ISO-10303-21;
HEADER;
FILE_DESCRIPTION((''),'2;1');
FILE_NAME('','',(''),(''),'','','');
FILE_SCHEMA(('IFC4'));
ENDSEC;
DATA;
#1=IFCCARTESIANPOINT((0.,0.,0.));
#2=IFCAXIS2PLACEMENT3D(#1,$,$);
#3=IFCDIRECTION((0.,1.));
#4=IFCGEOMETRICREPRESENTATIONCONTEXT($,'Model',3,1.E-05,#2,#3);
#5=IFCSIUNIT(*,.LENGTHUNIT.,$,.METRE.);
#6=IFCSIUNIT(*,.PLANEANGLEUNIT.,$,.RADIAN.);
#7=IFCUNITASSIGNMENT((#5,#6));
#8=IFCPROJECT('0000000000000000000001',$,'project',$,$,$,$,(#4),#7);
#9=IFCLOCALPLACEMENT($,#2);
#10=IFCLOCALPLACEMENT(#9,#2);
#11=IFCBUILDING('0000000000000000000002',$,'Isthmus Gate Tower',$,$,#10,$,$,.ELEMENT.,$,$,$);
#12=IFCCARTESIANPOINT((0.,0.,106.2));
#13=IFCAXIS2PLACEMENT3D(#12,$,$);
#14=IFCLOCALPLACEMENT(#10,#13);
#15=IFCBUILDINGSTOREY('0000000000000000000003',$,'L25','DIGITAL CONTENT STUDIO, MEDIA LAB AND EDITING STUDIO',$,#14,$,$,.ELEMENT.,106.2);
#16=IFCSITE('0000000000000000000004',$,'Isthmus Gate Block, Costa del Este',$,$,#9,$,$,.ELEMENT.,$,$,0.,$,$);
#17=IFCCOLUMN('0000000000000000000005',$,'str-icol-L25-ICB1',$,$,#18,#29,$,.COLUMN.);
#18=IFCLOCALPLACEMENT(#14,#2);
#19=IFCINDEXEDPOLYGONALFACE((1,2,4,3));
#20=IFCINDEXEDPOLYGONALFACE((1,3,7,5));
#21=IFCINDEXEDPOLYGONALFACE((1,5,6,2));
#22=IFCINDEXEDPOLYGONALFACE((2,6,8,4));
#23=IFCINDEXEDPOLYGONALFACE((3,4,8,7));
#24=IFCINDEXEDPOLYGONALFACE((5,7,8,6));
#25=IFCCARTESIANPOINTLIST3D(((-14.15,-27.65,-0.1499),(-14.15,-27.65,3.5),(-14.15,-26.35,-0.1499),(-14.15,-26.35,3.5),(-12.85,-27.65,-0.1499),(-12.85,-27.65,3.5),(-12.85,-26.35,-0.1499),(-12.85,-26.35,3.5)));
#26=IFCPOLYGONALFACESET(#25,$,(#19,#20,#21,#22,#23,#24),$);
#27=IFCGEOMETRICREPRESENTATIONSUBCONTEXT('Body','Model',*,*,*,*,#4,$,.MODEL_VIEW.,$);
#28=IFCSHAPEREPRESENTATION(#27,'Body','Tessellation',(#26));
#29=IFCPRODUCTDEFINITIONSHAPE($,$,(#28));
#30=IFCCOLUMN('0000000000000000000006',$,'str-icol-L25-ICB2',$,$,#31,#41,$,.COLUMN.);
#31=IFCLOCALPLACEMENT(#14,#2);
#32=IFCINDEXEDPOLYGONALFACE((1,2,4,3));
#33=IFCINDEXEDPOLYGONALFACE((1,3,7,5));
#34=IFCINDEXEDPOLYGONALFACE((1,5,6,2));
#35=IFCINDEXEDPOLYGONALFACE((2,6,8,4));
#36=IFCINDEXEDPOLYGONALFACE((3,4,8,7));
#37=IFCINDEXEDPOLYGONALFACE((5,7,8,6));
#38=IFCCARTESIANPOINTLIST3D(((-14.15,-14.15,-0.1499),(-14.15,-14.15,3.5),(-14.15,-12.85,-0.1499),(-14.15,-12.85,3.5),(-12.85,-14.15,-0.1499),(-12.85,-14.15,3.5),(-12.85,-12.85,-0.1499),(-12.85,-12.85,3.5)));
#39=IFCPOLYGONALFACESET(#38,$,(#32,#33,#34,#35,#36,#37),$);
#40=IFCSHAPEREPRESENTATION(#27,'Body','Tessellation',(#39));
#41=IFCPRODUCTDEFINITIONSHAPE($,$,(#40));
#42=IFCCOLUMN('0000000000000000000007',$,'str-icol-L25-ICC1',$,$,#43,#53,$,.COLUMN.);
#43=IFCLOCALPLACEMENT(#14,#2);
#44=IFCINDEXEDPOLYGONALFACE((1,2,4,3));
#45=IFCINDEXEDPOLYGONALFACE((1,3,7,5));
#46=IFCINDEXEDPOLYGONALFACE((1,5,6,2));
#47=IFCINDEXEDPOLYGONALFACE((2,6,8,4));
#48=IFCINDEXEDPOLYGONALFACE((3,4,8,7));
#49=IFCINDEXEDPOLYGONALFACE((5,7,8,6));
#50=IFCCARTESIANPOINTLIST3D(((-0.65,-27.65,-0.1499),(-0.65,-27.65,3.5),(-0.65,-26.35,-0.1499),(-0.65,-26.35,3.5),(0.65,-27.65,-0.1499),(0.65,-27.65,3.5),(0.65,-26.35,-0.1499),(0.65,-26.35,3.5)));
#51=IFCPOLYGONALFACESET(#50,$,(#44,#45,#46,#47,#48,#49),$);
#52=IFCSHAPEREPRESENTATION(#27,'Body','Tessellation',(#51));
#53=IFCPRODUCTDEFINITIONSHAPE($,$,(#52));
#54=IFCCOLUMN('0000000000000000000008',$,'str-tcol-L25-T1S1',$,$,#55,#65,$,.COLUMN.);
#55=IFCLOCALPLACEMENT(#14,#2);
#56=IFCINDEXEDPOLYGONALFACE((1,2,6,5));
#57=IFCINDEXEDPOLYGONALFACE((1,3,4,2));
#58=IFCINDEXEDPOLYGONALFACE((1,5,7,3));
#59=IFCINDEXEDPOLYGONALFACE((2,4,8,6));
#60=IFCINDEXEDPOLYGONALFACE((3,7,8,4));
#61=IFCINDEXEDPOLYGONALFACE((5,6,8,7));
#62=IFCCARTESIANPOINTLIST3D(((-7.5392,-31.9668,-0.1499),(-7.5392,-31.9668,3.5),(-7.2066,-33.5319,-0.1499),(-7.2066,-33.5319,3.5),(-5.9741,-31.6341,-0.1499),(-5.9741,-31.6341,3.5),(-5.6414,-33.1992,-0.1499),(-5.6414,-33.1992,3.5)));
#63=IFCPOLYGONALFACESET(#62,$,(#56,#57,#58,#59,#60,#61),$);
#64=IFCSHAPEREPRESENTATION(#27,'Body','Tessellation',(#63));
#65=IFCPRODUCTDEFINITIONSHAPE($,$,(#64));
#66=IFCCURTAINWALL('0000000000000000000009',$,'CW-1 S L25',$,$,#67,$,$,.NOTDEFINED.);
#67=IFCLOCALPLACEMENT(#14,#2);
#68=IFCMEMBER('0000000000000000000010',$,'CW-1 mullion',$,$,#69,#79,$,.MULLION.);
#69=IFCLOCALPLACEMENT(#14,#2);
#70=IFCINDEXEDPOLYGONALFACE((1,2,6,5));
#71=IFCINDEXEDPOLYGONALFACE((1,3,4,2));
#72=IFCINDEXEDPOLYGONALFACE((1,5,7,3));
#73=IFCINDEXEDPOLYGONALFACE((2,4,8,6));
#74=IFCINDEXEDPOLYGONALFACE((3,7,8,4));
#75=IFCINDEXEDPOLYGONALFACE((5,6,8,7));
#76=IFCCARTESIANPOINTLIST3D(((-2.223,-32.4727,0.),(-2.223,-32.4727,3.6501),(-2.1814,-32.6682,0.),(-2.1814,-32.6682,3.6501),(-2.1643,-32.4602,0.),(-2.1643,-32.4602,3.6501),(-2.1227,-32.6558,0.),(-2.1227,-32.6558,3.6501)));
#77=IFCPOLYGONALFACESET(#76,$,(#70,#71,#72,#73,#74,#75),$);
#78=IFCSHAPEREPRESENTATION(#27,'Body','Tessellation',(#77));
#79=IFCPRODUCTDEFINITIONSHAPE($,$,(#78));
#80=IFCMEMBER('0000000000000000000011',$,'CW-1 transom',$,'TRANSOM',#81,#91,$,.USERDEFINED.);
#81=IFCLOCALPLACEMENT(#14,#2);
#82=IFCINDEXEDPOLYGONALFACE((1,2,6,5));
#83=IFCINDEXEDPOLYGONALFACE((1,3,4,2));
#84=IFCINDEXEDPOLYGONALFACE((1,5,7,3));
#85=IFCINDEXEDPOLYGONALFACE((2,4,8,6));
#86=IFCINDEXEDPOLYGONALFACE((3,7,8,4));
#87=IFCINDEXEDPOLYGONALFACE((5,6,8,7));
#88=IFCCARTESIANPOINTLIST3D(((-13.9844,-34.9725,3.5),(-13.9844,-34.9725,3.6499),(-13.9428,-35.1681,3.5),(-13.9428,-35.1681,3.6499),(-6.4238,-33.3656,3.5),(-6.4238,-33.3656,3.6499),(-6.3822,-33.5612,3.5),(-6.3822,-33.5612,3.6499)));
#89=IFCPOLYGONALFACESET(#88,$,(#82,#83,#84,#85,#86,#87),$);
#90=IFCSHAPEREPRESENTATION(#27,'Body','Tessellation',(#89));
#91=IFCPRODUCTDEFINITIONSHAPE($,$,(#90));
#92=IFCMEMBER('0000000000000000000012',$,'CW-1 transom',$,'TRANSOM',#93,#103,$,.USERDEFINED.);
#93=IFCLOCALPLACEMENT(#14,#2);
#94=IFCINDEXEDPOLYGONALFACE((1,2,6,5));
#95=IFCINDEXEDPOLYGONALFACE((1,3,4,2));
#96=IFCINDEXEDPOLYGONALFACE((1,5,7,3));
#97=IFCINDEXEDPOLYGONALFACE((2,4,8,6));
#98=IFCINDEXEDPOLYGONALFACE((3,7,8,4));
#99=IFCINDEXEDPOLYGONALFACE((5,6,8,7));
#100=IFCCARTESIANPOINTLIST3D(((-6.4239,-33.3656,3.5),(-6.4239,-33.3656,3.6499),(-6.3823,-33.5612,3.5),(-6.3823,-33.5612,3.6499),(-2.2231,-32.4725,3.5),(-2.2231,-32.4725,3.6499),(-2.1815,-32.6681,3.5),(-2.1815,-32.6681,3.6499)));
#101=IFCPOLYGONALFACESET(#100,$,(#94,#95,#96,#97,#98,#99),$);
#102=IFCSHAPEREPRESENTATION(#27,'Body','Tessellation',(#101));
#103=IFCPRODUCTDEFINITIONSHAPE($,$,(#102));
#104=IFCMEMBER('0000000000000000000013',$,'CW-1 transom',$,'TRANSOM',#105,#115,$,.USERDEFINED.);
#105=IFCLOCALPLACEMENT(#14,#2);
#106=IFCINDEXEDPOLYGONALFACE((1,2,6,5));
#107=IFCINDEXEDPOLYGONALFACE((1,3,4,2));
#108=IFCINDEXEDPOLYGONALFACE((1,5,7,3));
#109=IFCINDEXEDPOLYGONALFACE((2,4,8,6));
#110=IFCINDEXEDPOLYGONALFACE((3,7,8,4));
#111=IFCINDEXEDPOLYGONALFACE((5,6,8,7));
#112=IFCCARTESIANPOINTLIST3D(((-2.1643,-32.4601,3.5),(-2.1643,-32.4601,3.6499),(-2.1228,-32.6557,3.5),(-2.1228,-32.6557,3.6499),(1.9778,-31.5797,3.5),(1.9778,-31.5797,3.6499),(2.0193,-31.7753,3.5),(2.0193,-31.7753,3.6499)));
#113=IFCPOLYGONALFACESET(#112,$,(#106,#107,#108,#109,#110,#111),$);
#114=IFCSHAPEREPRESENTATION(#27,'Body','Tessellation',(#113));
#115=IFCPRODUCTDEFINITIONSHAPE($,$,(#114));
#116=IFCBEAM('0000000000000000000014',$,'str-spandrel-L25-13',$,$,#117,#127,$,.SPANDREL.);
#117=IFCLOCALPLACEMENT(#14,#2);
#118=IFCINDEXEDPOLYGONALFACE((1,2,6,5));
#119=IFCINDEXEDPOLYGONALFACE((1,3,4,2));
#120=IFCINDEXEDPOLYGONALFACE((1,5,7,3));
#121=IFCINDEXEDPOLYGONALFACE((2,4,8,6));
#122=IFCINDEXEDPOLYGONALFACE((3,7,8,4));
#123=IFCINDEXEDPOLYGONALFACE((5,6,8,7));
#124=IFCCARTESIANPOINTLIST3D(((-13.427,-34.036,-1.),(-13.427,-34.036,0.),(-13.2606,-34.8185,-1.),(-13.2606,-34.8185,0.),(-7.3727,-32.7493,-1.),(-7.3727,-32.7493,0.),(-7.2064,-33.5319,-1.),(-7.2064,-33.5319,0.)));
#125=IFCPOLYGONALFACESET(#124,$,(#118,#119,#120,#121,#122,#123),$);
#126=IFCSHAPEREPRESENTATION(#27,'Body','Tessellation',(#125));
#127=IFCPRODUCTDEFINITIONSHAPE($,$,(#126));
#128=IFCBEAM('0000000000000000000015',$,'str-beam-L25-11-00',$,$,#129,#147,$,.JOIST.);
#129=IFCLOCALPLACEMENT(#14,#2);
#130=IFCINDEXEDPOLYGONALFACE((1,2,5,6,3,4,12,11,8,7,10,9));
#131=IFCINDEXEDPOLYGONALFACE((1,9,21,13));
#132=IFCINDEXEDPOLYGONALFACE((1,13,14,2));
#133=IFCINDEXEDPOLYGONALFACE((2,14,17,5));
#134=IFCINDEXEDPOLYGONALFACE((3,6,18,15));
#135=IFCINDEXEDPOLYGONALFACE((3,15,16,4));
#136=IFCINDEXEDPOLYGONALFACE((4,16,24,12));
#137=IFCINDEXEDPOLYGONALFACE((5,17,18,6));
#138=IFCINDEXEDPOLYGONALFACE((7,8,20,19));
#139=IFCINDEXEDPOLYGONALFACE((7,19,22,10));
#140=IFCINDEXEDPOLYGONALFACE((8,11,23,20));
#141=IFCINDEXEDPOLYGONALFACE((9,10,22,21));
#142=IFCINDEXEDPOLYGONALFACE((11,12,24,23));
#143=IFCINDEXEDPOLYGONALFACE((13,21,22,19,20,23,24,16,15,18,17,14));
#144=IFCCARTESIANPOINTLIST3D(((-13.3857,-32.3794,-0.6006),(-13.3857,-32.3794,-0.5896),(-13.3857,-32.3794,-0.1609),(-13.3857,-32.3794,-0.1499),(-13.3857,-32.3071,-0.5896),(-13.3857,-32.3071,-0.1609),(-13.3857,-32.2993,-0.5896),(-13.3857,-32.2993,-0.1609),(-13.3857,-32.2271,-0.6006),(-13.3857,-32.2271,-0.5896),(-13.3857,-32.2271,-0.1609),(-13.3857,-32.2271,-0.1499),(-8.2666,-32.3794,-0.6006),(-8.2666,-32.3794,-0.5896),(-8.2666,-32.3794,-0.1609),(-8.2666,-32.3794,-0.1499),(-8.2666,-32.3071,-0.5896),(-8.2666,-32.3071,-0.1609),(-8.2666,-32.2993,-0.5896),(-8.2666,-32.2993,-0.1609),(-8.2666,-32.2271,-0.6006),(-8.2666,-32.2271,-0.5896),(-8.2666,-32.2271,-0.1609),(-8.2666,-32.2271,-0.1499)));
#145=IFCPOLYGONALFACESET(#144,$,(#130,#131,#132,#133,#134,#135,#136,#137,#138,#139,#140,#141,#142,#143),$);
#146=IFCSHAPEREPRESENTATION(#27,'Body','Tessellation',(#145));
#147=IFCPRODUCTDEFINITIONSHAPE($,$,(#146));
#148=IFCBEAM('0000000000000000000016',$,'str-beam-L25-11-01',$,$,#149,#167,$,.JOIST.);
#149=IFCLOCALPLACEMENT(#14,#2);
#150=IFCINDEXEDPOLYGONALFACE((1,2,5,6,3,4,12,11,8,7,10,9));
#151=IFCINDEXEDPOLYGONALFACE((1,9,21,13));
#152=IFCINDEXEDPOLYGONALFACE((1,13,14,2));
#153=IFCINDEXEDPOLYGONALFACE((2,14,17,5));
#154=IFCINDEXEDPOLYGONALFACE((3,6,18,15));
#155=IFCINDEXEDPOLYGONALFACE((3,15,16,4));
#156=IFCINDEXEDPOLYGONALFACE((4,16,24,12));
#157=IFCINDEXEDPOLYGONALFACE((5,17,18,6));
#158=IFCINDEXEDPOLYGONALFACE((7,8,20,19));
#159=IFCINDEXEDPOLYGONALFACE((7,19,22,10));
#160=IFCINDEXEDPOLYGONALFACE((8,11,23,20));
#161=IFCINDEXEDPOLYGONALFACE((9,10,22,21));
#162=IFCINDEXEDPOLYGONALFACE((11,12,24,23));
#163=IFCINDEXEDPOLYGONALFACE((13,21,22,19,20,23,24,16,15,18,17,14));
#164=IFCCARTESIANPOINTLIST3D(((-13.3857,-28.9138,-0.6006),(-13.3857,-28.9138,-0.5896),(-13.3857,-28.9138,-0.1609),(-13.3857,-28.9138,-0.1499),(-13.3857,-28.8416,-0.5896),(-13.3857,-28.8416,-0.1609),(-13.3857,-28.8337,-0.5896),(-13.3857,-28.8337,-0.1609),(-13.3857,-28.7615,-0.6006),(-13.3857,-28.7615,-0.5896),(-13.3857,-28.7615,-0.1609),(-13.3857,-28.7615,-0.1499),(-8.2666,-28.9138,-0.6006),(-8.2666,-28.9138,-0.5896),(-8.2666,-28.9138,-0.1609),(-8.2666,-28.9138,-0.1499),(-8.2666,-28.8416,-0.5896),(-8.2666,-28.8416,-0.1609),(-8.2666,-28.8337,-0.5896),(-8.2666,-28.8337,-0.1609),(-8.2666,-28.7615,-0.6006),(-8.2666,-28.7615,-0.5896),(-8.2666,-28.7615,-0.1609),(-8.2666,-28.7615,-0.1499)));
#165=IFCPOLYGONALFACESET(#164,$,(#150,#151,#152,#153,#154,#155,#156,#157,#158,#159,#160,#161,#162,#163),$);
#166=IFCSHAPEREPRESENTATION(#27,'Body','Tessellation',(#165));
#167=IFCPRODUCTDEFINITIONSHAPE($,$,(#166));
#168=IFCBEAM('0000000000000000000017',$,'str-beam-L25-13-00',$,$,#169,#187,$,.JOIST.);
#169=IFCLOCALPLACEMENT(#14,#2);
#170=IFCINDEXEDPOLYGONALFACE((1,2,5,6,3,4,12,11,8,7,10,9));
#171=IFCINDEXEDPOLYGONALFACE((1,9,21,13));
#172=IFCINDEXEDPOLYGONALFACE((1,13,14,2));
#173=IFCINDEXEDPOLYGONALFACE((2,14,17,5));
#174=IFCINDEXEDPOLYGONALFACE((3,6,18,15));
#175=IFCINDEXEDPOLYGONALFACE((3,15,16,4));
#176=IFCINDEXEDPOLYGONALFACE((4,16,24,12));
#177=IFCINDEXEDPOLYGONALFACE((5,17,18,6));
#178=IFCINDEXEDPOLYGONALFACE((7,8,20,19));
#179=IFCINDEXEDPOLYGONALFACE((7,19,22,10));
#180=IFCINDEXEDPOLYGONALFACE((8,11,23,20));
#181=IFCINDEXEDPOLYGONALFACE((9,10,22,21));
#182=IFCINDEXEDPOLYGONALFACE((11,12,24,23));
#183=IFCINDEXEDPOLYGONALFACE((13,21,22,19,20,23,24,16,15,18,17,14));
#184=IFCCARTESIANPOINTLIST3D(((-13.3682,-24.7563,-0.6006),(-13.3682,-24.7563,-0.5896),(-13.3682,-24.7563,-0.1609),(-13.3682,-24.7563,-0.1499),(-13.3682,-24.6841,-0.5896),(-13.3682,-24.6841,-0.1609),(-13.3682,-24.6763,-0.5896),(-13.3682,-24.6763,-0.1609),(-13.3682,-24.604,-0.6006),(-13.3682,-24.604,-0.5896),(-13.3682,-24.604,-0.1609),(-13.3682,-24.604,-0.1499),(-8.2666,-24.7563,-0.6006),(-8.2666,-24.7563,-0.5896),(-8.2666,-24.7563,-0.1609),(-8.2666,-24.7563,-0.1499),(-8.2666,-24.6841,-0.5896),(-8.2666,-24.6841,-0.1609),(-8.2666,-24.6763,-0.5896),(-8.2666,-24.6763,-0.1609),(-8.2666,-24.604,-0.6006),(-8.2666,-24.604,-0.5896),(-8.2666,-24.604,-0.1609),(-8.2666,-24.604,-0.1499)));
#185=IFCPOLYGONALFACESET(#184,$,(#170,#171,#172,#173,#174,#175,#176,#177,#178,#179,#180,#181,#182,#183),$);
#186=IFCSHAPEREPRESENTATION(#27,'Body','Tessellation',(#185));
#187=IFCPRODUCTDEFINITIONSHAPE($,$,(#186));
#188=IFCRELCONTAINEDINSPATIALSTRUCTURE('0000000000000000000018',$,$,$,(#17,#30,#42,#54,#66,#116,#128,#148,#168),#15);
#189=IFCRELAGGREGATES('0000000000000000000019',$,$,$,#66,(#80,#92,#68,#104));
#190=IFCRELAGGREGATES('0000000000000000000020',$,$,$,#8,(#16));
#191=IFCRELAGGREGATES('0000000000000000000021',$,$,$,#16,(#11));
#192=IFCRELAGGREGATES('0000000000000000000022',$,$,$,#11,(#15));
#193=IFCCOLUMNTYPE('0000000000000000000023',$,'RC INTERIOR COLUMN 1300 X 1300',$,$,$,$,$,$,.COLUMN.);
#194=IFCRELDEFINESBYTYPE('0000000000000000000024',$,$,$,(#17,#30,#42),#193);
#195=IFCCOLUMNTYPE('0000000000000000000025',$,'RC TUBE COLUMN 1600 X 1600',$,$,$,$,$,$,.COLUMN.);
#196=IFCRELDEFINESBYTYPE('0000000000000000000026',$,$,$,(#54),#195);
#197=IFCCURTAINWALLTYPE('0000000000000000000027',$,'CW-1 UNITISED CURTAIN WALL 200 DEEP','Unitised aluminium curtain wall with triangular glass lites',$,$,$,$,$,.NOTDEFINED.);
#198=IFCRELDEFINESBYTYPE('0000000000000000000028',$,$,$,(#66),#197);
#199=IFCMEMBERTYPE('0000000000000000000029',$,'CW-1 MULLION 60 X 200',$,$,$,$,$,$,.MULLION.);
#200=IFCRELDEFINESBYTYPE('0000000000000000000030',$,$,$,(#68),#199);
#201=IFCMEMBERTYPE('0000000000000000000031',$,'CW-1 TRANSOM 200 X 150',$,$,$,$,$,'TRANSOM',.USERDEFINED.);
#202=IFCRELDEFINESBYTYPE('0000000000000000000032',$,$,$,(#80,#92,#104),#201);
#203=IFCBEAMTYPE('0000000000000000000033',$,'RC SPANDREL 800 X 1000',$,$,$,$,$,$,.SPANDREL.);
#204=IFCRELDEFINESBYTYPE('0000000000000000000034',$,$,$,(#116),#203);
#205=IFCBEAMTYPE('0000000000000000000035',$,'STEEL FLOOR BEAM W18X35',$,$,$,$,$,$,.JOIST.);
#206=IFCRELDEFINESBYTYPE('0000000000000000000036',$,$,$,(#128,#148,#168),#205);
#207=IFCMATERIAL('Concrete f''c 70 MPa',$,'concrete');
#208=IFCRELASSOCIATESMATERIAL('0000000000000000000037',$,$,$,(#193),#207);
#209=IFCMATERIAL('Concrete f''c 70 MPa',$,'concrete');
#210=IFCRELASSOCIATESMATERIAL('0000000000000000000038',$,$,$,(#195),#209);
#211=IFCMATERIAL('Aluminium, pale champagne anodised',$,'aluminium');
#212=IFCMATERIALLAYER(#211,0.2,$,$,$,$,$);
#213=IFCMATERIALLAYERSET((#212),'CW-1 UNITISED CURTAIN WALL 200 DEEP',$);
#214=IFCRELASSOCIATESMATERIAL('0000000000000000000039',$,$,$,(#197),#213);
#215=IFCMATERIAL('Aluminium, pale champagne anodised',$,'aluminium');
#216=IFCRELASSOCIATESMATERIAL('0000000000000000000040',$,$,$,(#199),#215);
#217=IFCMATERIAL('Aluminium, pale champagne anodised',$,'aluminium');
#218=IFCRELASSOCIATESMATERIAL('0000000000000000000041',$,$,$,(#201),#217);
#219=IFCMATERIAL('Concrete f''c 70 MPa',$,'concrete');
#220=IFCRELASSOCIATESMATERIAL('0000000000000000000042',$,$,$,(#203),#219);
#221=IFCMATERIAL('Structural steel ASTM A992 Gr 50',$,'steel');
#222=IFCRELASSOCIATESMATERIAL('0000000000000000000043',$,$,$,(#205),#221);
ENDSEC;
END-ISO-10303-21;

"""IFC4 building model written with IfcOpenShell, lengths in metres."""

from ifc_helpers import new_model, si_unit, direction, frame, origin, origin_2d, place, context, subcontext, project, spatial, rectangle, i_section, extrude, material, layer, layer_set, material_profile, profile_set, type_object, element, aggregate, save


model = new_model("IFC4")

# Units and contexts
model_context = context("Model", 3, precision=1e-05, world=origin(), true_north=direction((0.0, 1.0)))
body_context = subcontext(model_context, "Body", "Model", "MODEL_VIEW")
ifc_project = project(units=[si_unit("LENGTHUNIT", "METRE"), si_unit("PLANEANGLEUNIT", "RADIAN")], contexts=[model_context])

# Site, building, storey
site_placement = place(None, origin())
site = spatial("IfcSite", under=ifc_project, at=site_placement, Name="Isthmus Gate Block, Costa del Este", CompositionType="ELEMENT", RefElevation=0.0)
building_placement = place(site_placement, origin())
building = spatial("IfcBuilding", under=site, at=building_placement, Name="Isthmus Gate Tower", CompositionType="ELEMENT")
storey_placement = place(building_placement, frame((0.0, 0.0, 106.2)))
storey = spatial("IfcBuildingStorey", under=building, at=storey_placement, Name="L25", Description="DIGITAL CONTENT STUDIO, MEDIA LAB AND EDITING STUDIO", CompositionType="ELEMENT", Elevation=106.2)

# Columns
ifc_material_1 = material(Name="Concrete f'c 70 MPa", Category="concrete")
ifc_material_profile_1 = material_profile(ifc_material_1, rectangle(XDim=1.3, YDim=1.3, at=origin_2d()), Name="RC 1300X1300")
ifc_profile_set_1 = profile_set([ifc_material_profile_1], Name="Concrete f'c 70 MPa")
column_type_1 = type_object("IfcColumnType", Name="RC INTERIOR COLUMN 1300 X 1300", PredefinedType="COLUMN", material=ifc_profile_set_1)
for number, where, z_axis, x_axis, name in (
    (1, (-13.5, -27.0, -0.1499), (0.0, 0.0, 1.0), (1.0, 0.0, 0.0), "str-icol-L25-ICB1"),
    (2, (-13.5, -13.5, -0.1499), (0.0, 0.0, 1.0), (1.0, 0.0, 0.0), "str-icol-L25-ICB2"),
    (3, (0.0, -27.0, -0.1499), (0.0, 0.0, 1.0), (1.0, 0.0, 0.0), "str-icol-L25-ICC1"),
):
    element("IfcColumn", number, at=place(storey_placement, frame(where, z_axis=z_axis, x_axis=x_axis)), inside=storey, type_object=column_type_1, Name=name, PredefinedType="COLUMN", context=body_context, shape_type="SweptSolid", body=[
        extrude(rectangle(XDim=1.3, YDim=1.3, at=origin_2d()), origin(), (0.0, 0.0, 1.0), 3.6499),
    ])
ifc_material_2 = material(Name="Concrete f'c 70 MPa", Category="concrete")
ifc_material_profile_2 = material_profile(ifc_material_2, rectangle(XDim=1.6001, YDim=1.6001, at=origin_2d()), Name="RC 1600X1600")
ifc_profile_set_2 = profile_set([ifc_material_profile_2], Name="Concrete f'c 70 MPa")
column_type_2 = type_object("IfcColumnType", Name="RC TUBE COLUMN 1600 X 1600", PredefinedType="COLUMN", material=ifc_profile_set_2)
column_placement = place(storey_placement, frame((-6.5903, -32.583, -0.1499), z_axis=(0.0, 0.0, 1.0), x_axis=(0.978148, 0.207912, 0.0)))
element("IfcColumn", 4, at=column_placement, inside=storey, type_object=column_type_2, Name="str-tcol-L25-T1S1", PredefinedType="COLUMN", context=body_context, shape_type="SweptSolid", body=[
    extrude(rectangle(XDim=1.6001, YDim=1.6001, at=origin_2d()), origin(), (0.0, 0.0, 1.0), 3.6499),
])

# Curtain wall, members
ifc_material_3 = material(Name="Aluminium, pale champagne anodised", Category="aluminium")
ifc_layer_1 = layer(ifc_material_3, 0.2)
ifc_layer_set_1 = layer_set([ifc_layer_1], Name="CW-1 UNITISED CURTAIN WALL 200 DEEP")
curtain_wall_type = type_object("IfcCurtainWallType", Name="CW-1 UNITISED CURTAIN WALL 200 DEEP", Description="Unitised aluminium curtain wall with triangular glass lites", PredefinedType="NOTDEFINED", material=ifc_layer_set_1)
curtain_wall_placement = place(storey_placement, origin())
curtain_wall = element("IfcCurtainWall", 5, at=curtain_wall_placement, inside=storey, type_object=curtain_wall_type, Name="CW-1 S L25", PredefinedType="NOTDEFINED")
ifc_material_4 = material(Name="Aluminium, pale champagne anodised", Category="aluminium")
ifc_material_profile_3 = material_profile(ifc_material_4, rectangle(XDim=0.0601, YDim=0.2, at=origin_2d()), Name="60x200")
ifc_profile_set_3 = profile_set([ifc_material_profile_3], Name="Aluminium, pale champagne anodised")
member_type_1 = type_object("IfcMemberType", Name="CW-1 MULLION 60 X 200", PredefinedType="MULLION", material=ifc_profile_set_3)
member_1_placement = place(storey_placement, frame((-2.1729, -32.5642, 0.0), z_axis=(0.0, 0.0, 1.0), x_axis=(0.978148, 0.207912, 0.0)))
member_1 = element("IfcMember", 6, at=member_1_placement, type_object=member_type_1, Name="CW-1 mullion", PredefinedType="MULLION", context=body_context, shape_type="SweptSolid", body=[
    extrude(rectangle(XDim=0.0601, YDim=0.2, at=origin_2d()), origin(), (0.0, 0.0, 1.0), 3.6501),
])
ifc_material_5 = material(Name="Aluminium, pale champagne anodised", Category="aluminium")
ifc_material_profile_4 = material_profile(ifc_material_5, rectangle(XDim=0.2, YDim=0.1499, at=origin_2d()), Name="200x150")
ifc_profile_set_4 = profile_set([ifc_material_profile_4], Name="Aluminium, pale champagne anodised")
member_type_2 = type_object("IfcMemberType", Name="CW-1 TRANSOM 200 X 150", ElementType="TRANSOM", PredefinedType="USERDEFINED", material=ifc_profile_set_4)
member_2_placement = place(storey_placement, frame((-13.9636, -35.0703, 3.575), z_axis=(0.978151, 0.207898, 0.0), x_axis=(-0.207898, 0.978151, 0.0)))
member_2 = element("IfcMember", 7, at=member_2_placement, type_object=member_type_2, Name="CW-1 transom", ObjectType="TRANSOM", PredefinedType="USERDEFINED", context=body_context, shape_type="SweptSolid", body=[
    extrude(rectangle(XDim=0.2, YDim=0.1499, at=origin_2d()), origin(), (0.0, 0.0, 1.0), 7.7295),
])
member_3_placement = place(storey_placement, frame((-6.4031, -33.4634, 3.575), z_axis=(0.978139, 0.207953, 0.0), x_axis=(-0.207953, 0.978139, 0.0)))
member_3 = element("IfcMember", 8, at=member_3_placement, type_object=member_type_2, Name="CW-1 transom", ObjectType="TRANSOM", PredefinedType="USERDEFINED", context=body_context, shape_type="SweptSolid", body=[
    extrude(rectangle(XDim=0.2, YDim=0.1499, at=origin_2d()), origin(), (0.0, 0.0, 1.0), 4.2947),
])
member_4_placement = place(storey_placement, frame((-2.1436, -32.5579, 3.575), z_axis=(0.97815, 0.207899, 0.0), x_axis=(-0.207899, 0.97815, 0.0)))
member_4 = element("IfcMember", 9, at=member_4_placement, type_object=member_type_2, Name="CW-1 transom", ObjectType="TRANSOM", PredefinedType="USERDEFINED", context=body_context, shape_type="SweptSolid", body=[
    extrude(rectangle(XDim=0.2, YDim=0.1499, at=origin_2d()), origin(), (0.0, 0.0, 1.0), 4.2346),
])

# Beams
ifc_material_6 = material(Name="Concrete f'c 70 MPa", Category="concrete")
ifc_material_profile_5 = material_profile(ifc_material_6, rectangle(XDim=0.8, YDim=1.0, at=origin_2d()), Name="RC 800X1000")
ifc_profile_set_5 = profile_set([ifc_material_profile_5], Name="Concrete f'c 70 MPa")
beam_type_1 = type_object("IfcBeamType", Name="RC SPANDREL 800 X 1000", PredefinedType="SPANDREL", material=ifc_profile_set_5)
beam_1_placement = place(storey_placement, frame((-7.2896, -33.1406, -0.5), z_axis=(-0.978155, -0.207875, 0.0), x_axis=(0.207875, -0.978155, 0.0)))
element("IfcBeam", 10, at=beam_1_placement, inside=storey, type_object=beam_type_1, Name="str-spandrel-L25-13", PredefinedType="SPANDREL", context=body_context, shape_type="SweptSolid", body=[
    extrude(rectangle(XDim=0.8, YDim=1.0, at=origin_2d()), origin(), (0.0, 0.0, 1.0), 6.1895),
])
ifc_material_7 = material(Name="Structural steel ASTM A992 Gr 50", Category="steel")
ifc_material_profile_6 = material_profile(ifc_material_7, i_section(OverallWidth=0.1523, OverallDepth=0.4507, WebThickness=0.0078, FlangeThickness=0.011, at=origin_2d()), Name="W18X35")
ifc_profile_set_6 = profile_set([ifc_material_profile_6], Name="Structural steel ASTM A992 Gr 50")
beam_type_2 = type_object("IfcBeamType", Name="STEEL FLOOR BEAM W18X35", PredefinedType="JOIST", material=ifc_profile_set_6)
for number, where, z_axis, x_axis, name in (
    (11, (-13.3857, -32.3032, -0.3752), (1.0, 0.0, 0.0), (0.0, 1.0, 0.0), "str-beam-L25-11-00"),
    (12, (-13.3857, -28.8376, -0.3752), (1.0, 0.0, 0.0), (0.0, 1.0, 0.0), "str-beam-L25-11-01"),
):
    element("IfcBeam", number, at=place(storey_placement, frame(where, z_axis=z_axis, x_axis=x_axis)), inside=storey, type_object=beam_type_2, Name=name, PredefinedType="JOIST", context=body_context, shape_type="SweptSolid", body=[
        extrude(i_section(OverallWidth=0.1523, OverallDepth=0.4507, WebThickness=0.0078, FlangeThickness=0.011, at=origin_2d()), origin(), (0.0, 0.0, 1.0), 5.1191),
    ])
for number, where, z_axis, x_axis, name in (
    (13, (-13.3682, -24.6802, -0.3752), (1.0, 0.0, 0.0), (0.0, 1.0, 0.0), "str-beam-L25-13-00"),
):
    element("IfcBeam", number, at=place(storey_placement, frame(where, z_axis=z_axis, x_axis=x_axis)), inside=storey, type_object=beam_type_2, Name=name, PredefinedType="JOIST", context=body_context, shape_type="SweptSolid", body=[
        extrude(i_section(OverallWidth=0.1523, OverallDepth=0.4507, WebThickness=0.0078, FlangeThickness=0.011, at=origin_2d()), origin(), (0.0, 0.0, 1.0), 5.1016),
    ])

aggregate(curtain_wall, [member_2, member_3, member_1, member_4])

save(model, "model.ifc")
